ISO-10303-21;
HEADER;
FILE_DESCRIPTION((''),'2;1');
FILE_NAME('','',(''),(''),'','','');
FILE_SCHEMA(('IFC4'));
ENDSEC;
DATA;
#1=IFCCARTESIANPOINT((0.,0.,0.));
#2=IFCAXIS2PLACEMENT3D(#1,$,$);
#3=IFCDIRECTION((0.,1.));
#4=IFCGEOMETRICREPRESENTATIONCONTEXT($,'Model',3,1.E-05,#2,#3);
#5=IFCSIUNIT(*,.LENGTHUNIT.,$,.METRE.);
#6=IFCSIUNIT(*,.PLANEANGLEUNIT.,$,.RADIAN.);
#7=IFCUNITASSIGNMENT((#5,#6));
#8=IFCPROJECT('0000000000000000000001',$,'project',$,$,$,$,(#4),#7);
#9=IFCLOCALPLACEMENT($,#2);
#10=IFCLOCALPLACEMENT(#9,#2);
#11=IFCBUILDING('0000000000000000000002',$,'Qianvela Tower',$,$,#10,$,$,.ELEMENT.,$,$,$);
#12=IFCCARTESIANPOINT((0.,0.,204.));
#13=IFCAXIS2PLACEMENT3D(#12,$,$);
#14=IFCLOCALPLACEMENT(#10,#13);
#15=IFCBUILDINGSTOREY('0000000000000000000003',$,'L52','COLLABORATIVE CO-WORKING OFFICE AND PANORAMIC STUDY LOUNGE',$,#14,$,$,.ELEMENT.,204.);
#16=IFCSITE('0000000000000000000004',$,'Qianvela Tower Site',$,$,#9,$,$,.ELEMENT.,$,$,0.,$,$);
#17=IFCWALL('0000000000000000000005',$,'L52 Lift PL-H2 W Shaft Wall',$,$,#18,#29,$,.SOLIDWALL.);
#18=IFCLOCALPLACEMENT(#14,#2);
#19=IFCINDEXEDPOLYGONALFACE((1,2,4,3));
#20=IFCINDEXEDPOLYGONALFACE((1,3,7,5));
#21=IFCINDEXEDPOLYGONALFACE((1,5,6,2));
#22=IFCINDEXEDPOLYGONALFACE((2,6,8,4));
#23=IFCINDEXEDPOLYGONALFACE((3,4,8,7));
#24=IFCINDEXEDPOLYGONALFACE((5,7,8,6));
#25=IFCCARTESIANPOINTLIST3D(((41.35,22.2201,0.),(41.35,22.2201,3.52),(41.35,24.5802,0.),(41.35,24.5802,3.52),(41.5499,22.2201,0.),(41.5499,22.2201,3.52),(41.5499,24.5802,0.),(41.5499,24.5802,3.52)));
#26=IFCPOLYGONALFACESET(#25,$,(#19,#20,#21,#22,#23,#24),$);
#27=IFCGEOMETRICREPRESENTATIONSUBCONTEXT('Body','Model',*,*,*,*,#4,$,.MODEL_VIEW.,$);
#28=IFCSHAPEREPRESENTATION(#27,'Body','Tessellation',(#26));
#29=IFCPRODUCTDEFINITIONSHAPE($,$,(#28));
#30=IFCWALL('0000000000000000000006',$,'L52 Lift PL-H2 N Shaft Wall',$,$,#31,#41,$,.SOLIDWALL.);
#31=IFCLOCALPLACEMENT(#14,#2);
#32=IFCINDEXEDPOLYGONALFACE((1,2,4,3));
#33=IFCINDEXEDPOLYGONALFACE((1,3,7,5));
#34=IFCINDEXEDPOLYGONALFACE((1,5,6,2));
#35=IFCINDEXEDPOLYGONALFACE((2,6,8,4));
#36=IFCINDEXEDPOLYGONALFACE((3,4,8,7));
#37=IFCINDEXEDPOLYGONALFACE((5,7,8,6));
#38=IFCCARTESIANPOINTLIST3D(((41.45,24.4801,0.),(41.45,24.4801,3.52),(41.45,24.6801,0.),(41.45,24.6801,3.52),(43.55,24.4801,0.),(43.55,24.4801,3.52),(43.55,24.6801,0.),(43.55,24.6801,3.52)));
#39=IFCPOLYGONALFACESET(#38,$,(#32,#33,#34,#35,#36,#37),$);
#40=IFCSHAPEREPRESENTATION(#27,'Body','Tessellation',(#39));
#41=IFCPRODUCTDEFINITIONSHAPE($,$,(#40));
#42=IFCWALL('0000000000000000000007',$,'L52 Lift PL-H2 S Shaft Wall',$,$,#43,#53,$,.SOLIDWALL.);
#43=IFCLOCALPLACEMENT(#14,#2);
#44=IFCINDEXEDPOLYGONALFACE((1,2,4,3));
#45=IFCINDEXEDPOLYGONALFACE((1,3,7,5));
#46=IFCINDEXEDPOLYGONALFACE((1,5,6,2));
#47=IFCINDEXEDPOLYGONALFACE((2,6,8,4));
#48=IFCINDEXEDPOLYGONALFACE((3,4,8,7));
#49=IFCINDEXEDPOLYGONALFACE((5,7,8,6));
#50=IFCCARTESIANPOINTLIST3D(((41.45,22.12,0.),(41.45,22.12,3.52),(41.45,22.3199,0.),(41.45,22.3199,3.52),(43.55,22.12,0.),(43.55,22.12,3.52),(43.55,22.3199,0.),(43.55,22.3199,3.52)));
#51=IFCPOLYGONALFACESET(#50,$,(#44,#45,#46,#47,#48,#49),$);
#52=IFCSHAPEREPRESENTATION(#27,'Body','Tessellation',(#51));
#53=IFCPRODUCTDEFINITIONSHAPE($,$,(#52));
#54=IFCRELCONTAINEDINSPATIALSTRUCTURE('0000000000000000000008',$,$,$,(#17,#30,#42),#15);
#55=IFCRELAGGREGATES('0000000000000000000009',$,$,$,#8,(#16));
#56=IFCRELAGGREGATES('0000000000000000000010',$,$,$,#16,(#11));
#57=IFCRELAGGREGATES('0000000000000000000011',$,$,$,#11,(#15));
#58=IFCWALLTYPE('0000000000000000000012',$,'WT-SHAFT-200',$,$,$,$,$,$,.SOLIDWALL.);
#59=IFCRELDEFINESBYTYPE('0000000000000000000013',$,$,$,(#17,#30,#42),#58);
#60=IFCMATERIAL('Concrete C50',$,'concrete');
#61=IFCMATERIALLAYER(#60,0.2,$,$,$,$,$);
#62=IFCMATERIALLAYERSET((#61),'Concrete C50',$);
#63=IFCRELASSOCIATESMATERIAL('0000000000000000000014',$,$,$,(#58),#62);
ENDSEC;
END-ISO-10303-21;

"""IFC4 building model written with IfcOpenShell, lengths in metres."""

from ifc_helpers import new_model, si_unit, direction, frame, frame_2d, origin, place, context, subcontext, project, spatial, rectangle, extrude, material, layer, layer_set, type_object, element, save


model = new_model("IFC4")

# Units and contexts
model_context = context("Model", 3, precision=1e-05, world=origin(), true_north=direction((0.0, 1.0)))
body_context = subcontext(model_context, "Body", "Model", "MODEL_VIEW")
ifc_project = project(units=[si_unit("LENGTHUNIT", "METRE"), si_unit("PLANEANGLEUNIT", "RADIAN")], contexts=[model_context])

# Site, building, storey
site_placement = place(None, origin())
site = spatial("IfcSite", under=ifc_project, at=site_placement, Name="Qianvela Tower Site", CompositionType="ELEMENT", RefElevation=0.0)
building_placement = place(site_placement, origin())
building = spatial("IfcBuilding", under=site, at=building_placement, Name="Qianvela Tower", CompositionType="ELEMENT")
storey_placement = place(building_placement, frame((0.0, 0.0, 204.0)))
storey = spatial("IfcBuildingStorey", under=building, at=storey_placement, Name="L52", Description="COLLABORATIVE CO-WORKING OFFICE AND PANORAMIC STUDY LOUNGE", CompositionType="ELEMENT", Elevation=204.0)

# Shared definitions
ifc_material_1 = material(Name="Concrete C50", Category="concrete")
ifc_layer_1 = layer(ifc_material_1, 0.2)
ifc_layer_set_1 = layer_set([ifc_layer_1], Name="Concrete C50")
wall_type_1 = type_object("IfcWallType", Name="WT-SHAFT-200", PredefinedType="SOLIDWALL", material=ifc_layer_set_1)

# Walls
wall_1_placement = place(storey_placement, frame((41.45, 22.22, 0.0), z_axis=(0.0, 0.0, 1.0), x_axis=(0.0, 1.0, 0.0)))
element("IfcWall", 1, at=wall_1_placement, inside=storey, type_object=wall_type_1, Name="L52 Lift PL-H2 W Shaft Wall", PredefinedType="SOLIDWALL", context=body_context, shape_type="SweptSolid", body=[
    extrude(rectangle(XDim=2.3601, YDim=0.2, at=frame_2d((1.1802, 0.0))), origin(), (0.0, 0.0, 1.0), 3.52),
])
for number, where, z_axis, x_axis, name in (
    (2, (41.45, 24.5801, 0.0), (0.0, 0.0, 1.0), (1.0, 0.0, 0.0), "L52 Lift PL-H2 N Shaft Wall"),
    (3, (41.45, 22.22, 0.0), (0.0, 0.0, 1.0), (1.0, 0.0, 0.0), "L52 Lift PL-H2 S Shaft Wall"),
):
    element("IfcWall", number, at=place(storey_placement, frame(where, z_axis=z_axis, x_axis=x_axis)), inside=storey, type_object=wall_type_1, Name=name, PredefinedType="SOLIDWALL", context=body_context, shape_type="SweptSolid", body=[
        extrude(rectangle(XDim=2.1001, YDim=0.2, at=frame_2d((1.05, 0.0))), origin(), (0.0, 0.0, 1.0), 3.52),
    ])

save(model, "model.ifc")
